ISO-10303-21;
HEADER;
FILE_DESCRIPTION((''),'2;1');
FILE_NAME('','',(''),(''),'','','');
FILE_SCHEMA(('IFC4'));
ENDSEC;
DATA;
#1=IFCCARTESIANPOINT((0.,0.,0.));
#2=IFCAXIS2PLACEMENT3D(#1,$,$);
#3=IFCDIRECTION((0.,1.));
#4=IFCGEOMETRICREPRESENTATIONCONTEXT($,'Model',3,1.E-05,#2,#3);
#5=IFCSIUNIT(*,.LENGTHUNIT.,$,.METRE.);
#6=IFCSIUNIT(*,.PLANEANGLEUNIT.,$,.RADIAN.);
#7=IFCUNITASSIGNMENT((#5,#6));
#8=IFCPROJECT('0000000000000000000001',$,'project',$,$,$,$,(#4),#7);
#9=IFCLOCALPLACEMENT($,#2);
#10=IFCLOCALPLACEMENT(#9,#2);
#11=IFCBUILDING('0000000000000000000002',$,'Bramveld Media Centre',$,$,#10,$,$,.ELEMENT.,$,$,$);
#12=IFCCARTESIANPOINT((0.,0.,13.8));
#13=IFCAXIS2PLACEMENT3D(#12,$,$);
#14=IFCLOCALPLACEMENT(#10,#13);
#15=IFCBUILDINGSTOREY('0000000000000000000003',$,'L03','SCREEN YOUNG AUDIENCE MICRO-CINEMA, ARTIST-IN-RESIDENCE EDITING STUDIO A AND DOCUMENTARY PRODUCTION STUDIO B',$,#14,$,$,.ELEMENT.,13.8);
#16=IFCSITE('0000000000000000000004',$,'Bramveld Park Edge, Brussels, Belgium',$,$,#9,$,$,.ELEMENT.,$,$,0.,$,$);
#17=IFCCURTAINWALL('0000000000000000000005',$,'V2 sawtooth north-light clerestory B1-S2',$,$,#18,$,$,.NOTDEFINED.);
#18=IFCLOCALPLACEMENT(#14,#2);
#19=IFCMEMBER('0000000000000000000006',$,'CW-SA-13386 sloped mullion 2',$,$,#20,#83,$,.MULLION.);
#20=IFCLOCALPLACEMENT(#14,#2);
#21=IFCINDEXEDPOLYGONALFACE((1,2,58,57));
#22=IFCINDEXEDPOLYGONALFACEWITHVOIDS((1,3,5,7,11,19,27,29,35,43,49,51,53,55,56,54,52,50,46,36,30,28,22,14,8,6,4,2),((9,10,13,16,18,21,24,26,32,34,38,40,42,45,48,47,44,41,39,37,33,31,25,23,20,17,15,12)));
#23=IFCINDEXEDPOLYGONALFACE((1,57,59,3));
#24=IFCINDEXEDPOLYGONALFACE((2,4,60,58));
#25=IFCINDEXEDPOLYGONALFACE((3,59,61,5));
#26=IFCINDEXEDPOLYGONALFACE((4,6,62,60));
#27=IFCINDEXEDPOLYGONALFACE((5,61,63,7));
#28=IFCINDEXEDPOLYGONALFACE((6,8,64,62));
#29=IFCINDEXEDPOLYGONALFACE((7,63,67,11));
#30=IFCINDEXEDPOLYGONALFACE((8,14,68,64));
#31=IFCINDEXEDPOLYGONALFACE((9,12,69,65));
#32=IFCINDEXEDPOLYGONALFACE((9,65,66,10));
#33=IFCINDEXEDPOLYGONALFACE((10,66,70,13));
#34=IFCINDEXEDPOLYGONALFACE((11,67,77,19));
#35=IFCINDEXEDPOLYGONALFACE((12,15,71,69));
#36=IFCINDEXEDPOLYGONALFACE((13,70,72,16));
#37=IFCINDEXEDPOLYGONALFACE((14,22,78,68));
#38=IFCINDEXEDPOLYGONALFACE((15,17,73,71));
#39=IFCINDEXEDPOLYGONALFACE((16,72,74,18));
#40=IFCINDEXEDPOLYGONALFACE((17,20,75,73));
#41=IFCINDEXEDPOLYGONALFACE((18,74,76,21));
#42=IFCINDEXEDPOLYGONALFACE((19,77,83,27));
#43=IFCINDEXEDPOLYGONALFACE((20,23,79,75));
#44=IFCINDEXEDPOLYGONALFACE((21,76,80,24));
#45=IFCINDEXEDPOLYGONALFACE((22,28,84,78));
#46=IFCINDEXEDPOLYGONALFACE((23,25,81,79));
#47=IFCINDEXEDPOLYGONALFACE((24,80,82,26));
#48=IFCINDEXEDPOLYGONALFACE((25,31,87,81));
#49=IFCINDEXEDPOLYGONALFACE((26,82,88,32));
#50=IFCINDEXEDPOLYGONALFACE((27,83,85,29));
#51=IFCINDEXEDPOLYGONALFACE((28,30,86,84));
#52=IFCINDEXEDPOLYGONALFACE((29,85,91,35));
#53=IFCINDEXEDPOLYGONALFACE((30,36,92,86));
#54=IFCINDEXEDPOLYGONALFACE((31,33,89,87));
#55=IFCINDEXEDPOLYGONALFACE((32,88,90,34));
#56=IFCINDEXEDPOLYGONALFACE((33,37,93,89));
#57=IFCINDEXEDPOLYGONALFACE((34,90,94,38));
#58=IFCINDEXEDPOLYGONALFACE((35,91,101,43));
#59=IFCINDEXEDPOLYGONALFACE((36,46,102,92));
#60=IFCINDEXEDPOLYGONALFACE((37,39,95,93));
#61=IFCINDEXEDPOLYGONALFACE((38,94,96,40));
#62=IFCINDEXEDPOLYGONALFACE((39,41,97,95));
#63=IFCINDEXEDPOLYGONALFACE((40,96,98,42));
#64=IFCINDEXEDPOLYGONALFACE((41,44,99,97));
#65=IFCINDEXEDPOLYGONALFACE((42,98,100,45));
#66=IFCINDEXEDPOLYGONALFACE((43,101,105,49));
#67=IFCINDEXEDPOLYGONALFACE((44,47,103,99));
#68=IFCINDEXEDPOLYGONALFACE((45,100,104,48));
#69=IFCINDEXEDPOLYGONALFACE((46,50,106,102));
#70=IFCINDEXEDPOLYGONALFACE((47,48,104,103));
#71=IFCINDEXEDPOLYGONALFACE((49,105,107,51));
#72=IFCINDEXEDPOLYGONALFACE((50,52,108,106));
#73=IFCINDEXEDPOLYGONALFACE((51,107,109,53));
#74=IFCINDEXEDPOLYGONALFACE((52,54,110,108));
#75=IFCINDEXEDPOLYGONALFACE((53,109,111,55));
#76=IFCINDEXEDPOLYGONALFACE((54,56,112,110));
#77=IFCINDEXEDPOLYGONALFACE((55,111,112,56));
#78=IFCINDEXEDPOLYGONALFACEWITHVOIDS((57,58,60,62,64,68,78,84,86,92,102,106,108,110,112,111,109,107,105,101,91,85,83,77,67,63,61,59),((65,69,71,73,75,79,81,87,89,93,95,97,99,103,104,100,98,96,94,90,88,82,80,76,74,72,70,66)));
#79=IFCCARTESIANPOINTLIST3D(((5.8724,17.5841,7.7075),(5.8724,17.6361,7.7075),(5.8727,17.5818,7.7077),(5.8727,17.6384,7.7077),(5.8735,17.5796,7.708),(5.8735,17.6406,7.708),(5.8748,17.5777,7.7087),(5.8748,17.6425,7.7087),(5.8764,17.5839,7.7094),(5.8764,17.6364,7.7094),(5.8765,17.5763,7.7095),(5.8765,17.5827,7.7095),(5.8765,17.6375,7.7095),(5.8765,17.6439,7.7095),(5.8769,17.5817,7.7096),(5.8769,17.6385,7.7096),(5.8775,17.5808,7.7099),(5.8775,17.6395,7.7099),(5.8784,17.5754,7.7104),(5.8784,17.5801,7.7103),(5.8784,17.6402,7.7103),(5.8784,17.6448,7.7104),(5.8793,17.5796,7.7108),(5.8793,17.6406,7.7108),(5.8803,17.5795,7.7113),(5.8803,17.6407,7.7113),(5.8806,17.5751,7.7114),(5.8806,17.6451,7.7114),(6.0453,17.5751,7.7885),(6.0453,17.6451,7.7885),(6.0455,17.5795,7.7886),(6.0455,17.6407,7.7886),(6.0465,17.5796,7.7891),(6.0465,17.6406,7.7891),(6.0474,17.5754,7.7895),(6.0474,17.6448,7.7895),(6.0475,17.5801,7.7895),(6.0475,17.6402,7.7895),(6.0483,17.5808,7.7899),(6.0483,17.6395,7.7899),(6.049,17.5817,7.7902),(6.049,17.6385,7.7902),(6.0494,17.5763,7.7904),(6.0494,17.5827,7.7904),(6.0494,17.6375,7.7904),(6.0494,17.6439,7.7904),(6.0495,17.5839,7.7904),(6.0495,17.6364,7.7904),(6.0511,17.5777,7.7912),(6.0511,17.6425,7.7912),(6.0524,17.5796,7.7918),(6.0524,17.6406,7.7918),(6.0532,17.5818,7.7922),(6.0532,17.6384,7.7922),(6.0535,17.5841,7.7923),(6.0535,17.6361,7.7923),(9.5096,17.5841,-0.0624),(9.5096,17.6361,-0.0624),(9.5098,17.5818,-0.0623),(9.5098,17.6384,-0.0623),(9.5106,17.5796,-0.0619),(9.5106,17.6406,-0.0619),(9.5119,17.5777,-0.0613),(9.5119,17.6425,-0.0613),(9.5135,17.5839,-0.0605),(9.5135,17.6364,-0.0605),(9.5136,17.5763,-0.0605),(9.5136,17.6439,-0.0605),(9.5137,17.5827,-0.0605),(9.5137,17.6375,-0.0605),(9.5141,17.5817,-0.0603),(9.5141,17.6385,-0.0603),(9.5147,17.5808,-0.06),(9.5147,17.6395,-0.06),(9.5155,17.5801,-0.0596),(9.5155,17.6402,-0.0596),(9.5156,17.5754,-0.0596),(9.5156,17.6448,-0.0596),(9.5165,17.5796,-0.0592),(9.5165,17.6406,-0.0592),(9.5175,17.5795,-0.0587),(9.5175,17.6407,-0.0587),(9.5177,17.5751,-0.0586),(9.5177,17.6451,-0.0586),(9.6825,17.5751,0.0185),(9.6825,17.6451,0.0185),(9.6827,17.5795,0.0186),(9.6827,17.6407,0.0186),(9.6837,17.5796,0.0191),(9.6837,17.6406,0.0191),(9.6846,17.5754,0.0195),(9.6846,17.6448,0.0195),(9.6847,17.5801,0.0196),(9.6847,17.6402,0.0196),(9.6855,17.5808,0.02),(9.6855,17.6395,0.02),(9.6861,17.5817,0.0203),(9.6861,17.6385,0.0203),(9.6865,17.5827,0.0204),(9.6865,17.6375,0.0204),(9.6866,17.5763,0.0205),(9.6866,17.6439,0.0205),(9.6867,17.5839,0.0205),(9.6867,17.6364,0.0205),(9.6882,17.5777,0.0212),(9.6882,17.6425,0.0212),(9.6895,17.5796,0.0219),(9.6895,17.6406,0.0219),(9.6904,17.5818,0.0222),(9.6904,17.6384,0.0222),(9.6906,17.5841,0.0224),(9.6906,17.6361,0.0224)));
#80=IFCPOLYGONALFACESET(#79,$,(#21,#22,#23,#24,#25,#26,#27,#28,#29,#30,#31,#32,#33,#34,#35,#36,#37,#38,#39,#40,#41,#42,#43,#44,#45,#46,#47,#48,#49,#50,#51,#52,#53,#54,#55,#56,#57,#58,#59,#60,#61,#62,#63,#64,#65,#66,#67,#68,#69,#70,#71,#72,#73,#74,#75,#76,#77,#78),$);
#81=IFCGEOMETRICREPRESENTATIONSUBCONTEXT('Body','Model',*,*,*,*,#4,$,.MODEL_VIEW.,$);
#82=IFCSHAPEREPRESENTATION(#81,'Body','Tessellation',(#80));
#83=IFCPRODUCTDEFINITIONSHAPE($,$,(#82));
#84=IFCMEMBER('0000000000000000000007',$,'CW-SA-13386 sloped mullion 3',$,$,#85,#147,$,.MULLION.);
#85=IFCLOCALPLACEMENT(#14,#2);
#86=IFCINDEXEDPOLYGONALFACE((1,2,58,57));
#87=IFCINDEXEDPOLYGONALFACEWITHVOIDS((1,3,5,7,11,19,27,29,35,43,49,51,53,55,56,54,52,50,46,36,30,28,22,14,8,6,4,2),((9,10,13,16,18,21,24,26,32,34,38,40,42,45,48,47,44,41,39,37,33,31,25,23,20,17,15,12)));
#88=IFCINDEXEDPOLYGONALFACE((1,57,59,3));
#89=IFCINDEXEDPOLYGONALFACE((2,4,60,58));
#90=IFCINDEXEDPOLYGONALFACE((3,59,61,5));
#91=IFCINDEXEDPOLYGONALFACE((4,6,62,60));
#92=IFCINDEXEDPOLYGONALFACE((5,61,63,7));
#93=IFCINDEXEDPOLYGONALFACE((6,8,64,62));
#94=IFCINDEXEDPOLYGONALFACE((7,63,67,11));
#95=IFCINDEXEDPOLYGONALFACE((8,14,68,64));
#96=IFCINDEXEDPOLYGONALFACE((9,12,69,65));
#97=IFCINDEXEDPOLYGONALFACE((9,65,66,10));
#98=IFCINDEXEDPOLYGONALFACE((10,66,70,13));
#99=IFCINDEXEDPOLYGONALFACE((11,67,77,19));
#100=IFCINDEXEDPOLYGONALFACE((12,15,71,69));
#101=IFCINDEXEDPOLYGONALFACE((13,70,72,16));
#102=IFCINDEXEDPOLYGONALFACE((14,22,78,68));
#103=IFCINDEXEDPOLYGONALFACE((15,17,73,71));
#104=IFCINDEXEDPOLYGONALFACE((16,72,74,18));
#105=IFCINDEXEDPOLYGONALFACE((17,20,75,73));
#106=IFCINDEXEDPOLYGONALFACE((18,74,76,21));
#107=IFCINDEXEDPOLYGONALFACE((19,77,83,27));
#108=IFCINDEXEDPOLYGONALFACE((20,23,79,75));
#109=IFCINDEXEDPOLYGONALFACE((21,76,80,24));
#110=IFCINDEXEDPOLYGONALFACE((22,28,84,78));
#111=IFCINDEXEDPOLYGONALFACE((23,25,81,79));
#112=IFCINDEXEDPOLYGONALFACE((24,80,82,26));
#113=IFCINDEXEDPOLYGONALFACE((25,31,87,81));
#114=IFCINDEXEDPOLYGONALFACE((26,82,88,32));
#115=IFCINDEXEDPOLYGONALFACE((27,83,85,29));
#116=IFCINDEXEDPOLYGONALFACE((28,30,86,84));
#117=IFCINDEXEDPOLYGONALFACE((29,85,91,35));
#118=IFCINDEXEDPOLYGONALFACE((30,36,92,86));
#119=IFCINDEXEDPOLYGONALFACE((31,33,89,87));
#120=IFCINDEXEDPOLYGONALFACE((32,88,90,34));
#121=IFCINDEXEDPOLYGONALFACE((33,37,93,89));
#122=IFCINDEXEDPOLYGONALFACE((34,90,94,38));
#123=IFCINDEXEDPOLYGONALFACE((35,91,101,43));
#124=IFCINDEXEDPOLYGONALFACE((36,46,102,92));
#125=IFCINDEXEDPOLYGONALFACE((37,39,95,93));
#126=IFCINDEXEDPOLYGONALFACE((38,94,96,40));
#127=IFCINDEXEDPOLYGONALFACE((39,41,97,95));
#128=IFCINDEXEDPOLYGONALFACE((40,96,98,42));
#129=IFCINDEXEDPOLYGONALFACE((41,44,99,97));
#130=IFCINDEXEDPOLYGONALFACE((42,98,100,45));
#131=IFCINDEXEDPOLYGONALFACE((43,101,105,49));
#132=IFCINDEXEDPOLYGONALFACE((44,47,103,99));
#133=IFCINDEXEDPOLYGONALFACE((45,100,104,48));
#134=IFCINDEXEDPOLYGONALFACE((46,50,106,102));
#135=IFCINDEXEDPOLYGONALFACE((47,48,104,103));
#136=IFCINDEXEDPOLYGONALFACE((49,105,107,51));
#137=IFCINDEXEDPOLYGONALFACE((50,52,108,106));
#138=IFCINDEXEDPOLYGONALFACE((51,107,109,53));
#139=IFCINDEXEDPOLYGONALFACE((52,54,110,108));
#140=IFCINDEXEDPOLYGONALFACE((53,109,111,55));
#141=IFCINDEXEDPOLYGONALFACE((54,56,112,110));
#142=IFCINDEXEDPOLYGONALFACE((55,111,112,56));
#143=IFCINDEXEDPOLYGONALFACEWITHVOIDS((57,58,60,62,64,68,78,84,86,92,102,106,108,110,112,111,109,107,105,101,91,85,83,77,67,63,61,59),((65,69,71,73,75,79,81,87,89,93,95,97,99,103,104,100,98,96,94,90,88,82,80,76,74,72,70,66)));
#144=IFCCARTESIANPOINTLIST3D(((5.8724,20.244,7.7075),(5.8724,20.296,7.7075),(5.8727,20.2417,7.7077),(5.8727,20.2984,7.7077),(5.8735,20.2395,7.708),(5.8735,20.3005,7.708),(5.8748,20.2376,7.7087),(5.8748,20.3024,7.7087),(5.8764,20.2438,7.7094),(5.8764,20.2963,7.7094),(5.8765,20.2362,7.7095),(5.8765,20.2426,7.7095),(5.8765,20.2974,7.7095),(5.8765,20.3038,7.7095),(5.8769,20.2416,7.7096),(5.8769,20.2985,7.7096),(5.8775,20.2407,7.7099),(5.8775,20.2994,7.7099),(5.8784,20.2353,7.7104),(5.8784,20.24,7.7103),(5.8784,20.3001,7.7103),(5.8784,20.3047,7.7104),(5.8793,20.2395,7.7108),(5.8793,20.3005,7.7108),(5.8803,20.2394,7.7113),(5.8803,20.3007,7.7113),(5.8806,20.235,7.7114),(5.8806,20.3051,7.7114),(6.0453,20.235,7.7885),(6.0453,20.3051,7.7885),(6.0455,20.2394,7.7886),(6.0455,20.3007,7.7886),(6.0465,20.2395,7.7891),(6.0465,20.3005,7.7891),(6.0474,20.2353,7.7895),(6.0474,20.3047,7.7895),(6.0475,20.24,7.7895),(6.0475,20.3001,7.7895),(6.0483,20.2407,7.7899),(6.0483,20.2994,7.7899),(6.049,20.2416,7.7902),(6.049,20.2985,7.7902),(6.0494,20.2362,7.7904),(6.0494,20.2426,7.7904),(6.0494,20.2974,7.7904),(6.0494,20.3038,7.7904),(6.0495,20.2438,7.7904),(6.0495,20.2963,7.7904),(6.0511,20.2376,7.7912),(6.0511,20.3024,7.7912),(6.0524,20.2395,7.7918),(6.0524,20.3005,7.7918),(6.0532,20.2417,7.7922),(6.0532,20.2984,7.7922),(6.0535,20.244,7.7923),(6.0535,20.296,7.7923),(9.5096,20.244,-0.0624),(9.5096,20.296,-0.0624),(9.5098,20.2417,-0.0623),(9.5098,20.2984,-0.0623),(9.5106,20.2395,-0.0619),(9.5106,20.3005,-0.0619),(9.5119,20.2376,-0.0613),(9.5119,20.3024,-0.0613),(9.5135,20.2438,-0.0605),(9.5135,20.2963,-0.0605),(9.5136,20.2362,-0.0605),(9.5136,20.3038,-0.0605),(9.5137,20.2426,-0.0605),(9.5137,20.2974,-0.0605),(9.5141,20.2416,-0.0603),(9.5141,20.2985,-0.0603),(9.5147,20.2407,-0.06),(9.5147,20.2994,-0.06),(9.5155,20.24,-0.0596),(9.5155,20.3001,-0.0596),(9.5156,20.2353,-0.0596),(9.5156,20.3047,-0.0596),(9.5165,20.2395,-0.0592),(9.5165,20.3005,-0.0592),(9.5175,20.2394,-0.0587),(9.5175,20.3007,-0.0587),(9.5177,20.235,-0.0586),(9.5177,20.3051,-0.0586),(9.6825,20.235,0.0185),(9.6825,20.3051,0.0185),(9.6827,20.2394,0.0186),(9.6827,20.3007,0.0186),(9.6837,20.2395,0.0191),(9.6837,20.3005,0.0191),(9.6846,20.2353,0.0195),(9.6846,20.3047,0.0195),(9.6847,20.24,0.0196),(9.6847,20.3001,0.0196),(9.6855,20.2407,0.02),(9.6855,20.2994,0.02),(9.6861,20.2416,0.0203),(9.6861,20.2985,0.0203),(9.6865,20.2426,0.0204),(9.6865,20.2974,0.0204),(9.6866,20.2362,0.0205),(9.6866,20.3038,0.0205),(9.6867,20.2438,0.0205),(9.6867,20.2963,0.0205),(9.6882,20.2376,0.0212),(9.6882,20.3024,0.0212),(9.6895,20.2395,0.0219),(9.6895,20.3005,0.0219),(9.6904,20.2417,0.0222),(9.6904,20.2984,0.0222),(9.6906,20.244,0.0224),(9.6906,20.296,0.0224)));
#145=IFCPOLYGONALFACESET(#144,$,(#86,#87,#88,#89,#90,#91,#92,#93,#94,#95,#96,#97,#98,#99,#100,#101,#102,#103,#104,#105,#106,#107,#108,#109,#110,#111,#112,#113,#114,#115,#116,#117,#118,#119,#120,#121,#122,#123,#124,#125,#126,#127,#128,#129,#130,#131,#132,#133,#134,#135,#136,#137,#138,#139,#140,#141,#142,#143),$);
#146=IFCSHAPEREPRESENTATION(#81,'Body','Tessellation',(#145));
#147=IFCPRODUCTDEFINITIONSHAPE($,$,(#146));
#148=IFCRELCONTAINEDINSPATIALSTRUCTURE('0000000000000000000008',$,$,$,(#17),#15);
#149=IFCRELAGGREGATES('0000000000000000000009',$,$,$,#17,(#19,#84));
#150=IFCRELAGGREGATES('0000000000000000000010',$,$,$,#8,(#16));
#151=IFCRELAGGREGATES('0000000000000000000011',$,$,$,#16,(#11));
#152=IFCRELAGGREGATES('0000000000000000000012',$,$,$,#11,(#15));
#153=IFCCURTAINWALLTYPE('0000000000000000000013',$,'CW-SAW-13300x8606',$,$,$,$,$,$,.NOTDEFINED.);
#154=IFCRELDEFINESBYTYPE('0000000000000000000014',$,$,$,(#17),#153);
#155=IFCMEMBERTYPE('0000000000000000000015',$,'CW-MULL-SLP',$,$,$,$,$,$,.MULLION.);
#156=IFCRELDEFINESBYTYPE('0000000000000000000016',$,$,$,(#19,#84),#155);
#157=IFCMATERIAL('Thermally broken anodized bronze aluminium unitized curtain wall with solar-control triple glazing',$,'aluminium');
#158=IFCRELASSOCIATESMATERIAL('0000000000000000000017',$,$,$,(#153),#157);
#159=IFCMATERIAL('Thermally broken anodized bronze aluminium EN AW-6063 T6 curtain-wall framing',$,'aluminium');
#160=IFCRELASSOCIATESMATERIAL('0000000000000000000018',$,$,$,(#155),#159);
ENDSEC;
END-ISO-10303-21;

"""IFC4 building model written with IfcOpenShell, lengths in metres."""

from ifc_helpers import new_model, si_unit, direction, frame, origin, origin_2d, place, context, subcontext, project, spatial, hollow_rectangle, extrude, material, material_profile, profile_set, type_object, element, aggregate, save


model = new_model("IFC4")

# Units and contexts
model_context = context("Model", 3, precision=1e-05, world=origin(), true_north=direction((0.0, 1.0)))
body_context = subcontext(model_context, "Body", "Model", "MODEL_VIEW")
ifc_project = project(units=[si_unit("LENGTHUNIT", "METRE"), si_unit("PLANEANGLEUNIT", "RADIAN")], contexts=[model_context])

# Site, building, storey
site_placement = place(None, origin())
site = spatial("IfcSite", under=ifc_project, at=site_placement, Name="Bramveld Park Edge, Brussels, Belgium", CompositionType="ELEMENT", RefElevation=0.0)
building_placement = place(site_placement, origin())
building = spatial("IfcBuilding", under=site, at=building_placement, Name="Bramveld Media Centre", CompositionType="ELEMENT")
storey_placement = place(building_placement, frame((0.0, 0.0, 13.8)))
storey = spatial("IfcBuildingStorey", under=building, at=storey_placement, Name="L03", Description="SCREEN YOUNG AUDIENCE MICRO-CINEMA, ARTIST-IN-RESIDENCE EDITING STUDIO A AND DOCUMENTARY PRODUCTION STUDIO B", CompositionType="ELEMENT", Elevation=13.8)

# Shared definitions
ifc_material_1 = material(Name="Thermally broken anodized bronze aluminium unitized curtain wall with solar-control triple glazing", Category="aluminium")
curtain_wall_type = type_object("IfcCurtainWallType", Name="CW-SAW-13300x8606", PredefinedType="NOTDEFINED", material=ifc_material_1)
ifc_material_2 = material(Name="Thermally broken anodized bronze aluminium EN AW-6063 T6 curtain-wall framing", Category="aluminium")
ifc_material_profile_1 = material_profile(ifc_material_2, hollow_rectangle(XDim=0.0701, YDim=0.2, WallThickness=0.0044, InnerFilletRadius=0.0044, OuterFilletRadius=0.009, at=origin_2d()), Name="AL-MULL 70x200")
ifc_profile_set_1 = profile_set([ifc_material_profile_1], Name="Thermally broken anodized bronze aluminium EN AW-6063 T6 curtain-wall framing")
member_type_1 = type_object("IfcMemberType", Name="CW-MULL-SLP", PredefinedType="MULLION", material=ifc_profile_set_1)

# Curtain wall, members
curtain_wall_1_placement = place(storey_placement, origin())
curtain_wall_1 = element("IfcCurtainWall", 1, at=curtain_wall_1_placement, inside=storey, type_object=curtain_wall_type, Name="V2 sawtooth north-light clerestory B1-S2", PredefinedType="NOTDEFINED")
member_1_placement = place(storey_placement, frame((9.6001, 17.6101, -0.02), z_axis=(-0.423957, 0.0, 0.905682), x_axis=(0.0, -1.0, 0.0)))
member_1 = element("IfcMember", 2, at=member_1_placement, type_object=member_type_1, Name="CW-SA-13386 sloped mullion 2", PredefinedType="MULLION", context=body_context, shape_type="SweptSolid", body=[
    extrude(hollow_rectangle(XDim=0.0701, YDim=0.2, WallThickness=0.0044, InnerFilletRadius=0.0044, OuterFilletRadius=0.009, at=origin_2d()), origin(), (0.0, 0.0, 1.0), 8.5791),
])
member_2_placement = place(storey_placement, frame((9.6001, 20.27, -0.02), z_axis=(-0.423957, 0.0, 0.905682), x_axis=(0.0, -1.0, 0.0)))
member_2 = element("IfcMember", 3, at=member_2_placement, type_object=member_type_1, Name="CW-SA-13386 sloped mullion 3", PredefinedType="MULLION", context=body_context, shape_type="SweptSolid", body=[
    extrude(hollow_rectangle(XDim=0.0701, YDim=0.2, WallThickness=0.0044, InnerFilletRadius=0.0044, OuterFilletRadius=0.009, at=origin_2d()), origin(), (0.0, 0.0, 1.0), 8.5791),
])
aggregate(curtain_wall_1, [member_1, member_2])

save(model, "model.ifc")
